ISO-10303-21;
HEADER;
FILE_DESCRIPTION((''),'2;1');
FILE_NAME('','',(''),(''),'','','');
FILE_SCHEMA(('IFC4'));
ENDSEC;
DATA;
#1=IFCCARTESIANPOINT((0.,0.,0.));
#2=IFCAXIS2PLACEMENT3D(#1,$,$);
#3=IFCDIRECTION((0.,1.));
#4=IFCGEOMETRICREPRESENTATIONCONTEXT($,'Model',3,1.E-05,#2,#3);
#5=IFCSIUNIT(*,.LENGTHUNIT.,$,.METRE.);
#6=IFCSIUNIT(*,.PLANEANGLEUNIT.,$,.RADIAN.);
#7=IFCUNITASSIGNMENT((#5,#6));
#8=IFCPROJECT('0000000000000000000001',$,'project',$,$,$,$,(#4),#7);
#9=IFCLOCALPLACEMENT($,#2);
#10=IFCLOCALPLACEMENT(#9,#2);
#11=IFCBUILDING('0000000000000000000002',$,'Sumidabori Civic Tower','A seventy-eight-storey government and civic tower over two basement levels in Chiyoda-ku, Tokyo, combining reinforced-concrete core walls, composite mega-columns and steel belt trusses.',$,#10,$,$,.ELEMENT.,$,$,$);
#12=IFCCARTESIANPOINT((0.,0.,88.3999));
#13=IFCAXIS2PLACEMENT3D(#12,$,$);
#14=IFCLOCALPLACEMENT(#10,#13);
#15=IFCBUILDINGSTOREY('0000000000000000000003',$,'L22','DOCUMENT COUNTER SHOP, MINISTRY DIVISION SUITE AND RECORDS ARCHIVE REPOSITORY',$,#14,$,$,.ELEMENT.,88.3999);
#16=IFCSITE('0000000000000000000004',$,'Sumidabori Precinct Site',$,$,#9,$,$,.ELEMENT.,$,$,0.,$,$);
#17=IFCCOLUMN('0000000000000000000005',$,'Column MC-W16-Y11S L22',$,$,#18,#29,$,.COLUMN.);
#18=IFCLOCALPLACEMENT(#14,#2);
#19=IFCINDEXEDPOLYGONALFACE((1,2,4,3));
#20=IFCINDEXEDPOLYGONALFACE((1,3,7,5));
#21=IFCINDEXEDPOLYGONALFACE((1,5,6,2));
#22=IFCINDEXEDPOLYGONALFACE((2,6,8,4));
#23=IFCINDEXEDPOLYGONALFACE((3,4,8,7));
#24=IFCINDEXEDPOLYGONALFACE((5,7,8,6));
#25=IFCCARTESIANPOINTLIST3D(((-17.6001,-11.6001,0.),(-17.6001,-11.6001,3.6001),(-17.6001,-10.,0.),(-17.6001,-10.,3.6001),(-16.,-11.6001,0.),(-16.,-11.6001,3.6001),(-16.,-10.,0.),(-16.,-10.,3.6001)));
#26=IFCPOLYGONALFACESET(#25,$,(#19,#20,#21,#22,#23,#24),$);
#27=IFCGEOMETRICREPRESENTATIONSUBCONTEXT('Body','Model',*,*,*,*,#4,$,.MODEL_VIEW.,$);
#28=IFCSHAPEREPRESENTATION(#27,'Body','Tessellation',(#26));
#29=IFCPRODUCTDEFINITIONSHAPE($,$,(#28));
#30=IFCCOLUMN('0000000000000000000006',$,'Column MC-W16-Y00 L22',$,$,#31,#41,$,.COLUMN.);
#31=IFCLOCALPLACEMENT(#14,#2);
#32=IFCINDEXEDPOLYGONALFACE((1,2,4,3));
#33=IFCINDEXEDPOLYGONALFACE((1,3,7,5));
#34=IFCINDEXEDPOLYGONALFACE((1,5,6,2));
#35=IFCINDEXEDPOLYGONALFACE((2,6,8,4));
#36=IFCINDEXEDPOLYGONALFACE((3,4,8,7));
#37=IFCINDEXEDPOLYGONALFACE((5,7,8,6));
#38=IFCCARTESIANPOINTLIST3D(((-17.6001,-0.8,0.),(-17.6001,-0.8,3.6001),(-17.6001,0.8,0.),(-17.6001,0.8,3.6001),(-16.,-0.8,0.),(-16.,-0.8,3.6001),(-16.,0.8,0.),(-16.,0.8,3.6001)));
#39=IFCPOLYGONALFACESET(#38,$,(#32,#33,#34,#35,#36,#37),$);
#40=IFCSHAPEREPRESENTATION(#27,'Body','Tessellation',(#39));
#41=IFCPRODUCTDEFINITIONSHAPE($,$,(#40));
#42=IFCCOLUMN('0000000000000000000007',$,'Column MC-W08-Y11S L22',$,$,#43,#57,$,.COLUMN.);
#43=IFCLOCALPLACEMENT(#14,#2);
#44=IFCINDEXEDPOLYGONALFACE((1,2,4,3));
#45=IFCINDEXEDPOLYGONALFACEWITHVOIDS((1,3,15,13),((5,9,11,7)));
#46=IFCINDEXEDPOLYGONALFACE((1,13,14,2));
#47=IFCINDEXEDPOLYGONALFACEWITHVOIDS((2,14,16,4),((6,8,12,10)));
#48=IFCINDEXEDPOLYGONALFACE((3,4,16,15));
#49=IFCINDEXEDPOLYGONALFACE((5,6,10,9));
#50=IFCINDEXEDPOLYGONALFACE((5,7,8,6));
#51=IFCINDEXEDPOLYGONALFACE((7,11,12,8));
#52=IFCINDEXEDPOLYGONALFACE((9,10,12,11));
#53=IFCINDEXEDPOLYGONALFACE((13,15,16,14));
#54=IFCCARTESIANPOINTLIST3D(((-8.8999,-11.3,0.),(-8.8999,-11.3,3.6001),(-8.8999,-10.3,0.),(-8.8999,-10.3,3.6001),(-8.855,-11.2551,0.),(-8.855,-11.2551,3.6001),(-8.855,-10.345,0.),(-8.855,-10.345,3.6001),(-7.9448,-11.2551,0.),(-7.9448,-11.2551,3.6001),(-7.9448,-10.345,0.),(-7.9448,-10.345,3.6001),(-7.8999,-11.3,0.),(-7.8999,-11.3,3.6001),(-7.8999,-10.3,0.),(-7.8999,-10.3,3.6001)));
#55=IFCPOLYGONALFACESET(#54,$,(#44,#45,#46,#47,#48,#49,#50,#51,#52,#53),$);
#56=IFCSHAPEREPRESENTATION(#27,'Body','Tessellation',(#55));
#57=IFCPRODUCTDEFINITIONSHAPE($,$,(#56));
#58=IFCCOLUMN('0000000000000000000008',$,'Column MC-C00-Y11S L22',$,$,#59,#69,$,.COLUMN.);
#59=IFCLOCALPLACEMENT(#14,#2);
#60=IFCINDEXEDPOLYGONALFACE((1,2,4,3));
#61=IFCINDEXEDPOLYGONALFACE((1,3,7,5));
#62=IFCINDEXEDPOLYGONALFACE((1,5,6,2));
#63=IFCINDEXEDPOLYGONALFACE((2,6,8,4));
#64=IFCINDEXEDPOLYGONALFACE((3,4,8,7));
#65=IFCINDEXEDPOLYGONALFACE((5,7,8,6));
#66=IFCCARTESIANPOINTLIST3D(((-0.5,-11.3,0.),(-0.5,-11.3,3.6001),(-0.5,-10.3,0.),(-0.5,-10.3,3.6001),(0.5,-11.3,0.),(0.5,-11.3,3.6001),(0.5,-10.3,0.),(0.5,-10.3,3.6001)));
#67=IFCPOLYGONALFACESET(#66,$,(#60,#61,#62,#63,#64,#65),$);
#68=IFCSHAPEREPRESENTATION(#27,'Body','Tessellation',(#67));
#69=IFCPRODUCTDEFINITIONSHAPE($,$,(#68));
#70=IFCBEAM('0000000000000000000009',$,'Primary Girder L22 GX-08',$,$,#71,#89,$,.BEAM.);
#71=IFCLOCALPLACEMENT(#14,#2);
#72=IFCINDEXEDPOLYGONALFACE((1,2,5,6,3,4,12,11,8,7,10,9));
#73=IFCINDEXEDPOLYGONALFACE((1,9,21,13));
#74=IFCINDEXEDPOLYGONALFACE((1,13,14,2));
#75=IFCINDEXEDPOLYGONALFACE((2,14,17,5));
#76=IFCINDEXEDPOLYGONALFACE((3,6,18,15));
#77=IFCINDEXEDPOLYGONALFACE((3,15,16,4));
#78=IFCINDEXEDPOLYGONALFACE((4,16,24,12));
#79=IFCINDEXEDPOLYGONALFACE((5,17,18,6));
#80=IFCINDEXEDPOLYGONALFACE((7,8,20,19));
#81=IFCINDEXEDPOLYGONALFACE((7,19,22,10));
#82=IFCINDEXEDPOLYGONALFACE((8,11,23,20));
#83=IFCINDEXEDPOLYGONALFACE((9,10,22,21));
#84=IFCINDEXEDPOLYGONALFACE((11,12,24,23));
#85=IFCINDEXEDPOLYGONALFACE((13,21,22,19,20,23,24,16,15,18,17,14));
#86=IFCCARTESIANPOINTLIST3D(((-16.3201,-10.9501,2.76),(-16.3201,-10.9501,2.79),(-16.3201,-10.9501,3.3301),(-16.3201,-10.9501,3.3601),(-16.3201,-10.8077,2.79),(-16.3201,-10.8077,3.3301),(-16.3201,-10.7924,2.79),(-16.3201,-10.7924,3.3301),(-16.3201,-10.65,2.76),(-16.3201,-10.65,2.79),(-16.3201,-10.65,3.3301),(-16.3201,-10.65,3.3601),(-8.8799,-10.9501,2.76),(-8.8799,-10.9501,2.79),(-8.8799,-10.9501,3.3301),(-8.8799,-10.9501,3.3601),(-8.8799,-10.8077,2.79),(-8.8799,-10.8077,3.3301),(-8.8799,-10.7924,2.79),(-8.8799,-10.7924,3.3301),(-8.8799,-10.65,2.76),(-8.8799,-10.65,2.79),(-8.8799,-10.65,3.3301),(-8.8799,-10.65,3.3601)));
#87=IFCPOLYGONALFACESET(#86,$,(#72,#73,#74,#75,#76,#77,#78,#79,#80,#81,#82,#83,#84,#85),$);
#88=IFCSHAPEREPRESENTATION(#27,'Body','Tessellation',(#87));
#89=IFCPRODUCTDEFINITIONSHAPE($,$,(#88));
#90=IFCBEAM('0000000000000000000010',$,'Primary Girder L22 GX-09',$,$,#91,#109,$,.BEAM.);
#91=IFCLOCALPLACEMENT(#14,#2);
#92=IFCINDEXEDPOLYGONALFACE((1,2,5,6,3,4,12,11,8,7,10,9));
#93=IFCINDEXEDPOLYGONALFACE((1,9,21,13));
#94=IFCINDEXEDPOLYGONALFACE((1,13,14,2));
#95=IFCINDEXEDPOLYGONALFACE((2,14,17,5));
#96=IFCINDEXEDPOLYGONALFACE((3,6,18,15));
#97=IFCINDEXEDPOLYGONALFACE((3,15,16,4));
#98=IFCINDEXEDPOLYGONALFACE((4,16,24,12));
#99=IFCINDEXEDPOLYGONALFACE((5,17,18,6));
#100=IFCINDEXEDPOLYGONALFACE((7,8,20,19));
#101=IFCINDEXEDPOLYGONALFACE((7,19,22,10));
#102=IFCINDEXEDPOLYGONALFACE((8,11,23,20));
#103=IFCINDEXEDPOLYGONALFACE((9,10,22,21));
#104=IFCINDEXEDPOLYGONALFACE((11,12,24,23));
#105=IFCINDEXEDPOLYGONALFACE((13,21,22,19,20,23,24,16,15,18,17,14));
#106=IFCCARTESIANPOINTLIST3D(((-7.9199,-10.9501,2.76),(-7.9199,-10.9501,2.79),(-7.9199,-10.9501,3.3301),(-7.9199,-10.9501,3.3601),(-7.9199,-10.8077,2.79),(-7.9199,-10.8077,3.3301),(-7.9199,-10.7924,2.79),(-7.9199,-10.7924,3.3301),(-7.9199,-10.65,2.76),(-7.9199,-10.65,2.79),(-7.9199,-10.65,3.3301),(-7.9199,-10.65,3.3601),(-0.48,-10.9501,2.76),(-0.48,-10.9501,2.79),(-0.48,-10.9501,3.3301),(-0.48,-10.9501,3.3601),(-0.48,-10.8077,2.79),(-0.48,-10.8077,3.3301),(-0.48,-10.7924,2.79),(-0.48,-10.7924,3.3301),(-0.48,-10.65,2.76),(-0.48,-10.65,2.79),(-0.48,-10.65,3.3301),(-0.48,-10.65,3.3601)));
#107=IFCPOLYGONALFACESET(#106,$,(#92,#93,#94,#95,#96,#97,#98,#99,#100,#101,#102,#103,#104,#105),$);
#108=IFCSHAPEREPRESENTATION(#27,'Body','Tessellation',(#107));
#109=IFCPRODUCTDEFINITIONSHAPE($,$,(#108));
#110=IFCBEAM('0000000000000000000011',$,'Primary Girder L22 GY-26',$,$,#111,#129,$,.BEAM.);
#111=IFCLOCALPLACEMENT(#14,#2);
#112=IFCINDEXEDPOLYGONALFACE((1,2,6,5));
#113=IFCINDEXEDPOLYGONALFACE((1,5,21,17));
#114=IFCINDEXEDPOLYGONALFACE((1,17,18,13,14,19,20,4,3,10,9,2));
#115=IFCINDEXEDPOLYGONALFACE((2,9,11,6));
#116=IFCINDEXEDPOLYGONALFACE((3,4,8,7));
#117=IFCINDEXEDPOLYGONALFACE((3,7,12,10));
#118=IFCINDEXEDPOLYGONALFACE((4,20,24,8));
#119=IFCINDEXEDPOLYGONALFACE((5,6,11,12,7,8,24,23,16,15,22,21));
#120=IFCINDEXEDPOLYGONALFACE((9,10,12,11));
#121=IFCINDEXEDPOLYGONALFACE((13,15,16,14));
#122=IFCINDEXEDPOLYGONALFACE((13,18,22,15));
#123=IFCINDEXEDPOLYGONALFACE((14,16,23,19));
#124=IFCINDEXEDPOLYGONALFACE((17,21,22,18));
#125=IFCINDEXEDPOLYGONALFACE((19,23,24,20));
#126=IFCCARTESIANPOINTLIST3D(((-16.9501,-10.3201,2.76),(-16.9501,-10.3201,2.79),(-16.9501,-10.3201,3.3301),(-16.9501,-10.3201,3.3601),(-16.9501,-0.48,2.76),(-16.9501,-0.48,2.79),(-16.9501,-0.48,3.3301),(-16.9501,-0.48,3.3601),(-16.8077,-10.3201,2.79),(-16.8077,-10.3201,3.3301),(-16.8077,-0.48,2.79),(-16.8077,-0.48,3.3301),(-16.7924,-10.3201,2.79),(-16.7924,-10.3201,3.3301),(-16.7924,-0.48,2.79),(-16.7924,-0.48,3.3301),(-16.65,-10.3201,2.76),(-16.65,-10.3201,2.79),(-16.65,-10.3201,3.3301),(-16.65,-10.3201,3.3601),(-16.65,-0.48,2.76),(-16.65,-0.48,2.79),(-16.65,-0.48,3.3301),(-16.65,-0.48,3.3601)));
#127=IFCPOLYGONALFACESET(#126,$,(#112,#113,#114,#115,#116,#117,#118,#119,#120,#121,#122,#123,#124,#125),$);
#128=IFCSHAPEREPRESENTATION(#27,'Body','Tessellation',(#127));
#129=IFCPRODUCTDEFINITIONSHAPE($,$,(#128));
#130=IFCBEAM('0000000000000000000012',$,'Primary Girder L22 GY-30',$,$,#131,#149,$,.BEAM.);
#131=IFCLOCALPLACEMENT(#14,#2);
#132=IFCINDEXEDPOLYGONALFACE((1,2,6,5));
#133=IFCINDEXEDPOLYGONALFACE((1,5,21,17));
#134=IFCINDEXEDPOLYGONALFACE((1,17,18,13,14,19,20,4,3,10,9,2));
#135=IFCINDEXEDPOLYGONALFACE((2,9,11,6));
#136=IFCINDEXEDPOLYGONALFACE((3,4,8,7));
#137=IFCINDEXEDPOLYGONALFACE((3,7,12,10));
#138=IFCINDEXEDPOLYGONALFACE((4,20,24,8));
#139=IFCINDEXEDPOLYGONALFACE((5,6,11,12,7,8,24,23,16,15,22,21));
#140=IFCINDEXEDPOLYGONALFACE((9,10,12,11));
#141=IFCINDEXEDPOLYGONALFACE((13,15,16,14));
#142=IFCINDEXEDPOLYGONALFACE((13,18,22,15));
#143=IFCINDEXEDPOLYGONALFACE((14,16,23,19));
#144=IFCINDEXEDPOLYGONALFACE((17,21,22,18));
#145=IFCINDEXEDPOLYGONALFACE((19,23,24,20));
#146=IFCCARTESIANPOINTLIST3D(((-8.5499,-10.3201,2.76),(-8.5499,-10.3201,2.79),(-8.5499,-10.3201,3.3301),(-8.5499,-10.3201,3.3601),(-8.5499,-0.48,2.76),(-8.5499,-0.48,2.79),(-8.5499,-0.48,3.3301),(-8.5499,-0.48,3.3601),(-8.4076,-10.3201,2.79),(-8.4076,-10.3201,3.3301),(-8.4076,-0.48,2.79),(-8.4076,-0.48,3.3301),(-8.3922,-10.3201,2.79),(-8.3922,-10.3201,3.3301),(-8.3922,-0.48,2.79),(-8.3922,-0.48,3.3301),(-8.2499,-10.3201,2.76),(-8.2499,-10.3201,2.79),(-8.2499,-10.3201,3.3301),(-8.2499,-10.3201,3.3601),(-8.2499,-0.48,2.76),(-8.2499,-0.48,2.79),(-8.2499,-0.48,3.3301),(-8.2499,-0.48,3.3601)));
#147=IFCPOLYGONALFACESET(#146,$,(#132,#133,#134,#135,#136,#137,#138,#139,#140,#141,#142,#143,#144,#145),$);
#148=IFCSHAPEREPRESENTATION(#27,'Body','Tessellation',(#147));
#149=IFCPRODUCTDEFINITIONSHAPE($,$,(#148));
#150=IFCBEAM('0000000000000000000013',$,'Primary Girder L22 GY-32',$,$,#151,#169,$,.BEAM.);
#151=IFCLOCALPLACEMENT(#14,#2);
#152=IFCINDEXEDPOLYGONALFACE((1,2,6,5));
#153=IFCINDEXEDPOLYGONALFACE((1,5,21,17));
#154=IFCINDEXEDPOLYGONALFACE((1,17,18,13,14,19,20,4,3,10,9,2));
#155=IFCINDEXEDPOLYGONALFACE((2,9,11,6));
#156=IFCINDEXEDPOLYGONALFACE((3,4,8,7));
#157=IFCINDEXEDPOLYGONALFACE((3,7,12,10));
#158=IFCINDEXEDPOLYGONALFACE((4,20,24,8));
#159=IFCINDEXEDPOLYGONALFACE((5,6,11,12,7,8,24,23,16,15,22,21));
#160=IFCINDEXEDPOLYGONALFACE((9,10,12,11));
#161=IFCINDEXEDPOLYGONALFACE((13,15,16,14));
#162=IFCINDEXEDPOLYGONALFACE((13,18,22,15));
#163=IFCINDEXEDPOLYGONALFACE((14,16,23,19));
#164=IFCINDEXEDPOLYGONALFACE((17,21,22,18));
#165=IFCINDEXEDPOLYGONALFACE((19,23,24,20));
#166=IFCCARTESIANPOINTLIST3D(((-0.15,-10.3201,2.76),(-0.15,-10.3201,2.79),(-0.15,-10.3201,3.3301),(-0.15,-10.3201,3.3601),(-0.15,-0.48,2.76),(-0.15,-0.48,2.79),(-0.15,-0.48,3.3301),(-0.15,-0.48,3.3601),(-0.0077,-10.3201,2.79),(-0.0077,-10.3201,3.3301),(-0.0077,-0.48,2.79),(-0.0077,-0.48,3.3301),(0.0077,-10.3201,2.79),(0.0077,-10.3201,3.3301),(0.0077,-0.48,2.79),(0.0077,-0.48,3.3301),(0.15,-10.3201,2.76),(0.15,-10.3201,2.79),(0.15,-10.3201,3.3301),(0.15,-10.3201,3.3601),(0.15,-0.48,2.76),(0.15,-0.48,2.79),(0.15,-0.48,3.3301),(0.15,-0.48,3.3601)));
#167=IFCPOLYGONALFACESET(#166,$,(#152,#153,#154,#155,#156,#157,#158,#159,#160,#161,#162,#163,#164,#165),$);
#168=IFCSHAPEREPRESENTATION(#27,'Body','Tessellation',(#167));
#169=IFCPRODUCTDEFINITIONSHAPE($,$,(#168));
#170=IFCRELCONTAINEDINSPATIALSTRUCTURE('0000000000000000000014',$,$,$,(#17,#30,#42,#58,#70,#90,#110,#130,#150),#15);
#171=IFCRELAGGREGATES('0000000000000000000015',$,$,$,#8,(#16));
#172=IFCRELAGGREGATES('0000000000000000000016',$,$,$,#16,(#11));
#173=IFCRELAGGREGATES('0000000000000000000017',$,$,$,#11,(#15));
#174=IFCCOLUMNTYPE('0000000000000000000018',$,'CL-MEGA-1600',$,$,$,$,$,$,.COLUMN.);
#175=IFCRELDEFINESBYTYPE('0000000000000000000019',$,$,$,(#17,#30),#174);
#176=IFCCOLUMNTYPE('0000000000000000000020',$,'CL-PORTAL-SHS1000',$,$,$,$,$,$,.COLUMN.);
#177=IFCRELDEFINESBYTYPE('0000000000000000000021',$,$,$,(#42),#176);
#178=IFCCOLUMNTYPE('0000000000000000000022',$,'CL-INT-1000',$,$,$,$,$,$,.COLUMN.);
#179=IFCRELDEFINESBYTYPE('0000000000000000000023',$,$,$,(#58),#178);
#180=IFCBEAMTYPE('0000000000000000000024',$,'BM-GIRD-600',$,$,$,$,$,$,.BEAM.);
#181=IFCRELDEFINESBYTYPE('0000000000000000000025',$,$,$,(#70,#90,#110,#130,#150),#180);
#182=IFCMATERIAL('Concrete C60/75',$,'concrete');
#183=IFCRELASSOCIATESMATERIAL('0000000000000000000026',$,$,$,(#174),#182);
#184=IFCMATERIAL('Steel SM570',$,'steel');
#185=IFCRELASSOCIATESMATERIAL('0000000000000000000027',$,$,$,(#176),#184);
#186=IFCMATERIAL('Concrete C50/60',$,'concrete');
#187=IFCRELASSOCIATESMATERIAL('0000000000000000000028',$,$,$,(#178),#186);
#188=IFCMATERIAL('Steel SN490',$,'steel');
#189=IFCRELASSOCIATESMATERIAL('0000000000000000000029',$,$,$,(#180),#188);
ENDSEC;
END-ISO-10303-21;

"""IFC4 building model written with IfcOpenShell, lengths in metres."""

from ifc_helpers import new_model, si_unit, direction, frame, origin, origin_2d, place, context, subcontext, project, spatial, rectangle, hollow_rectangle, i_section, extrude, source, transform, mapped, material, material_profile, profile_set, type_object, element, save


model = new_model("IFC4")

# Units and contexts
model_context = context("Model", 3, precision=1e-05, world=origin(), true_north=direction((0.0, 1.0)))
body_context = subcontext(model_context, "Body", "Model", "MODEL_VIEW")
ifc_project = project(units=[si_unit("LENGTHUNIT", "METRE"), si_unit("PLANEANGLEUNIT", "RADIAN")], contexts=[model_context])

# Site, building, storey
site_placement = place(None, origin())
site = spatial("IfcSite", under=ifc_project, at=site_placement, Name="Sumidabori Precinct Site", CompositionType="ELEMENT", RefElevation=0.0)
building_placement = place(site_placement, origin())
building = spatial("IfcBuilding", under=site, at=building_placement, Name="Sumidabori Civic Tower", Description="A seventy-eight-storey government and civic tower over two basement levels in Chiyoda-ku, Tokyo, combining reinforced-concrete core walls, composite mega-columns and steel belt trusses.", CompositionType="ELEMENT")
storey_placement = place(building_placement, frame((0.0, 0.0, 88.3999)))
storey = spatial("IfcBuildingStorey", under=building, at=storey_placement, Name="L22", Description="DOCUMENT COUNTER SHOP, MINISTRY DIVISION SUITE AND RECORDS ARCHIVE REPOSITORY", CompositionType="ELEMENT", Elevation=88.3999)

# Columns
ifc_material_1 = material(Name="Concrete C60/75", Category="concrete")
ifc_material_profile_1 = material_profile(ifc_material_1, rectangle(XDim=1.6001, YDim=1.6001, at=origin_2d()), Name="RC 1600x1600")
ifc_profile_set_1 = profile_set([ifc_material_profile_1], Name="Concrete C60/75")
column_type_1 = type_object("IfcColumnType", Name="CL-MEGA-1600", PredefinedType="COLUMN", material=ifc_profile_set_1)
shared_shape_1 = source(origin(), body_context, "Body", "SweptSolid", [
    extrude(rectangle(XDim=1.6001, YDim=1.6001, at=origin_2d()), origin(), (0.0, 0.0, 1.0), 3.6001),
])
for number, where, z_axis, x_axis, name in (
    (1, (-16.8, -10.8, 0.0), (0.0, 0.0, 1.0), (1.0, 0.0, 0.0), "Column MC-W16-Y11S L22"),
    (2, (-16.8, 0.0, 0.0), (0.0, 0.0, 1.0), (1.0, 0.0, 0.0), "Column MC-W16-Y00 L22"),
):
    element("IfcColumn", number, at=place(storey_placement, frame(where, z_axis=z_axis, x_axis=x_axis)), inside=storey, type_object=column_type_1, Name=name, PredefinedType="COLUMN", context=body_context, shape_type="MappedRepresentation", body=[
        mapped(shared_shape_1, transform((0.0, 0.0, 0.0), x_axis=(1.0, 0.0, 0.0), y_axis=(0.0, 1.0, 0.0), z_axis=(0.0, 0.0, 1.0), scale=1.0)),
    ])
ifc_material_2 = material(Name="Steel SM570", Category="steel")
ifc_material_profile_2 = material_profile(ifc_material_2, hollow_rectangle(XDim=1.0, YDim=1.0, WallThickness=0.0449, at=origin_2d()), Name="SHS 1000x1000x45")
ifc_profile_set_2 = profile_set([ifc_material_profile_2], Name="Steel SM570")
column_type_2 = type_object("IfcColumnType", Name="CL-PORTAL-SHS1000", PredefinedType="COLUMN", material=ifc_profile_set_2)
shared_shape_2 = source(origin(), body_context, "Body", "SweptSolid", [
    extrude(hollow_rectangle(XDim=1.0, YDim=1.0, WallThickness=0.0449, at=origin_2d()), origin(), (0.0, 0.0, 1.0), 3.6001),
])
column_1_placement = place(storey_placement, frame((-8.3999, -10.8, 0.0), z_axis=(0.0, 0.0, 1.0), x_axis=(1.0, 0.0, 0.0)))
element("IfcColumn", 3, at=column_1_placement, inside=storey, type_object=column_type_2, Name="Column MC-W08-Y11S L22", PredefinedType="COLUMN", context=body_context, shape_type="MappedRepresentation", body=[
    mapped(shared_shape_2, transform((0.0, 0.0, 0.0), x_axis=(1.0, 0.0, 0.0), y_axis=(0.0, 1.0, 0.0), z_axis=(0.0, 0.0, 1.0), scale=1.0)),
])
ifc_material_3 = material(Name="Concrete C50/60", Category="concrete")
ifc_material_profile_3 = material_profile(ifc_material_3, rectangle(XDim=1.0, YDim=1.0, at=origin_2d()), Name="RC 1000x1000")
ifc_profile_set_3 = profile_set([ifc_material_profile_3], Name="Concrete C50/60")
column_type_3 = type_object("IfcColumnType", Name="CL-INT-1000", PredefinedType="COLUMN", material=ifc_profile_set_3)
shared_shape_3 = source(origin(), body_context, "Body", "SweptSolid", [
    extrude(rectangle(XDim=1.0, YDim=1.0, at=origin_2d()), origin(), (0.0, 0.0, 1.0), 3.6001),
])
column_2_placement = place(storey_placement, frame((0.0, -10.8, 0.0), z_axis=(0.0, 0.0, 1.0), x_axis=(1.0, 0.0, 0.0)))
element("IfcColumn", 4, at=column_2_placement, inside=storey, type_object=column_type_3, Name="Column MC-C00-Y11S L22", PredefinedType="COLUMN", context=body_context, shape_type="MappedRepresentation", body=[
    mapped(shared_shape_3, transform((0.0, 0.0, 0.0), x_axis=(1.0, 0.0, 0.0), y_axis=(0.0, 1.0, 0.0), z_axis=(0.0, 0.0, 1.0), scale=1.0)),
])

# Beams
ifc_material_4 = material(Name="Steel SN490", Category="steel")
ifc_material_profile_4 = material_profile(ifc_material_4, i_section(OverallWidth=0.3, OverallDepth=0.6001, WebThickness=0.0154, FlangeThickness=0.03, at=origin_2d()), Name="HE 600 B")
ifc_profile_set_4 = profile_set([ifc_material_profile_4], Name="Steel SN490")
beam_type_1 = type_object("IfcBeamType", Name="BM-GIRD-600", PredefinedType="BEAM", material=ifc_profile_set_4)
shared_shape_4 = source(origin(), body_context, "Body", "SweptSolid", [
    extrude(i_section(OverallWidth=0.3, OverallDepth=0.6001, WebThickness=0.0154, FlangeThickness=0.03, at=origin_2d()), origin(), (0.0, 0.0, 1.0), 7.4402),
])
beam_1_placement = place(storey_placement, frame((-16.3201, -10.8, 3.0601), z_axis=(1.0, 0.0, 0.0), x_axis=(0.0, 1.0, 0.0)))
element("IfcBeam", 5, at=beam_1_placement, inside=storey, type_object=beam_type_1, Name="Primary Girder L22 GX-08", PredefinedType="BEAM", context=body_context, shape_type="MappedRepresentation", body=[
    mapped(shared_shape_4, transform((0.0, 0.0, 0.0), x_axis=(1.0, 0.0, 0.0), y_axis=(0.0, 1.0, 0.0), z_axis=(0.0, 0.0, 1.0), scale=1.0)),
])
shared_shape_5 = source(origin(), body_context, "Body", "SweptSolid", [
    extrude(i_section(OverallWidth=0.3, OverallDepth=0.6001, WebThickness=0.0154, FlangeThickness=0.03, at=origin_2d()), origin(), (0.0, 0.0, 1.0), 7.4399),
])
beam_2_placement = place(storey_placement, frame((-7.9199, -10.8, 3.0601), z_axis=(1.0, 0.0, 0.0), x_axis=(0.0, 1.0, 0.0)))
element("IfcBeam", 6, at=beam_2_placement, inside=storey, type_object=beam_type_1, Name="Primary Girder L22 GX-09", PredefinedType="BEAM", context=body_context, shape_type="MappedRepresentation", body=[
    mapped(shared_shape_5, transform((0.0, 0.0, 0.0), x_axis=(1.0, 0.0, 0.0), y_axis=(0.0, 1.0, 0.0), z_axis=(0.0, 0.0, 1.0), scale=1.0)),
])
shared_shape_6 = source(origin(), body_context, "Body", "SweptSolid", [
    extrude(i_section(OverallWidth=0.3, OverallDepth=0.6001, WebThickness=0.0154, FlangeThickness=0.03, at=origin_2d()), origin(), (0.0, 0.0, 1.0), 9.8401),
])
for number, where, z_axis, x_axis, name in (
    (7, (-16.8, -10.3201, 3.0601), (0.0, 1.0, 0.0), (-1.0, 0.0, 0.0), "Primary Girder L22 GY-26"),
    (8, (-8.3999, -10.3201, 3.0601), (0.0, 1.0, 0.0), (-1.0, 0.0, 0.0), "Primary Girder L22 GY-30"),
    (9, (0.0, -10.3201, 3.0601), (0.0, 1.0, 0.0), (-1.0, 0.0, 0.0), "Primary Girder L22 GY-32"),
):
    element("IfcBeam", number, at=place(storey_placement, frame(where, z_axis=z_axis, x_axis=x_axis)), inside=storey, type_object=beam_type_1, Name=name, PredefinedType="BEAM", context=body_context, shape_type="MappedRepresentation", body=[
        mapped(shared_shape_6, transform((0.0, 0.0, 0.0), x_axis=(1.0, 0.0, 0.0), y_axis=(0.0, 1.0, 0.0), z_axis=(0.0, 0.0, 1.0), scale=1.0)),
    ])

save(model, "model.ifc")
